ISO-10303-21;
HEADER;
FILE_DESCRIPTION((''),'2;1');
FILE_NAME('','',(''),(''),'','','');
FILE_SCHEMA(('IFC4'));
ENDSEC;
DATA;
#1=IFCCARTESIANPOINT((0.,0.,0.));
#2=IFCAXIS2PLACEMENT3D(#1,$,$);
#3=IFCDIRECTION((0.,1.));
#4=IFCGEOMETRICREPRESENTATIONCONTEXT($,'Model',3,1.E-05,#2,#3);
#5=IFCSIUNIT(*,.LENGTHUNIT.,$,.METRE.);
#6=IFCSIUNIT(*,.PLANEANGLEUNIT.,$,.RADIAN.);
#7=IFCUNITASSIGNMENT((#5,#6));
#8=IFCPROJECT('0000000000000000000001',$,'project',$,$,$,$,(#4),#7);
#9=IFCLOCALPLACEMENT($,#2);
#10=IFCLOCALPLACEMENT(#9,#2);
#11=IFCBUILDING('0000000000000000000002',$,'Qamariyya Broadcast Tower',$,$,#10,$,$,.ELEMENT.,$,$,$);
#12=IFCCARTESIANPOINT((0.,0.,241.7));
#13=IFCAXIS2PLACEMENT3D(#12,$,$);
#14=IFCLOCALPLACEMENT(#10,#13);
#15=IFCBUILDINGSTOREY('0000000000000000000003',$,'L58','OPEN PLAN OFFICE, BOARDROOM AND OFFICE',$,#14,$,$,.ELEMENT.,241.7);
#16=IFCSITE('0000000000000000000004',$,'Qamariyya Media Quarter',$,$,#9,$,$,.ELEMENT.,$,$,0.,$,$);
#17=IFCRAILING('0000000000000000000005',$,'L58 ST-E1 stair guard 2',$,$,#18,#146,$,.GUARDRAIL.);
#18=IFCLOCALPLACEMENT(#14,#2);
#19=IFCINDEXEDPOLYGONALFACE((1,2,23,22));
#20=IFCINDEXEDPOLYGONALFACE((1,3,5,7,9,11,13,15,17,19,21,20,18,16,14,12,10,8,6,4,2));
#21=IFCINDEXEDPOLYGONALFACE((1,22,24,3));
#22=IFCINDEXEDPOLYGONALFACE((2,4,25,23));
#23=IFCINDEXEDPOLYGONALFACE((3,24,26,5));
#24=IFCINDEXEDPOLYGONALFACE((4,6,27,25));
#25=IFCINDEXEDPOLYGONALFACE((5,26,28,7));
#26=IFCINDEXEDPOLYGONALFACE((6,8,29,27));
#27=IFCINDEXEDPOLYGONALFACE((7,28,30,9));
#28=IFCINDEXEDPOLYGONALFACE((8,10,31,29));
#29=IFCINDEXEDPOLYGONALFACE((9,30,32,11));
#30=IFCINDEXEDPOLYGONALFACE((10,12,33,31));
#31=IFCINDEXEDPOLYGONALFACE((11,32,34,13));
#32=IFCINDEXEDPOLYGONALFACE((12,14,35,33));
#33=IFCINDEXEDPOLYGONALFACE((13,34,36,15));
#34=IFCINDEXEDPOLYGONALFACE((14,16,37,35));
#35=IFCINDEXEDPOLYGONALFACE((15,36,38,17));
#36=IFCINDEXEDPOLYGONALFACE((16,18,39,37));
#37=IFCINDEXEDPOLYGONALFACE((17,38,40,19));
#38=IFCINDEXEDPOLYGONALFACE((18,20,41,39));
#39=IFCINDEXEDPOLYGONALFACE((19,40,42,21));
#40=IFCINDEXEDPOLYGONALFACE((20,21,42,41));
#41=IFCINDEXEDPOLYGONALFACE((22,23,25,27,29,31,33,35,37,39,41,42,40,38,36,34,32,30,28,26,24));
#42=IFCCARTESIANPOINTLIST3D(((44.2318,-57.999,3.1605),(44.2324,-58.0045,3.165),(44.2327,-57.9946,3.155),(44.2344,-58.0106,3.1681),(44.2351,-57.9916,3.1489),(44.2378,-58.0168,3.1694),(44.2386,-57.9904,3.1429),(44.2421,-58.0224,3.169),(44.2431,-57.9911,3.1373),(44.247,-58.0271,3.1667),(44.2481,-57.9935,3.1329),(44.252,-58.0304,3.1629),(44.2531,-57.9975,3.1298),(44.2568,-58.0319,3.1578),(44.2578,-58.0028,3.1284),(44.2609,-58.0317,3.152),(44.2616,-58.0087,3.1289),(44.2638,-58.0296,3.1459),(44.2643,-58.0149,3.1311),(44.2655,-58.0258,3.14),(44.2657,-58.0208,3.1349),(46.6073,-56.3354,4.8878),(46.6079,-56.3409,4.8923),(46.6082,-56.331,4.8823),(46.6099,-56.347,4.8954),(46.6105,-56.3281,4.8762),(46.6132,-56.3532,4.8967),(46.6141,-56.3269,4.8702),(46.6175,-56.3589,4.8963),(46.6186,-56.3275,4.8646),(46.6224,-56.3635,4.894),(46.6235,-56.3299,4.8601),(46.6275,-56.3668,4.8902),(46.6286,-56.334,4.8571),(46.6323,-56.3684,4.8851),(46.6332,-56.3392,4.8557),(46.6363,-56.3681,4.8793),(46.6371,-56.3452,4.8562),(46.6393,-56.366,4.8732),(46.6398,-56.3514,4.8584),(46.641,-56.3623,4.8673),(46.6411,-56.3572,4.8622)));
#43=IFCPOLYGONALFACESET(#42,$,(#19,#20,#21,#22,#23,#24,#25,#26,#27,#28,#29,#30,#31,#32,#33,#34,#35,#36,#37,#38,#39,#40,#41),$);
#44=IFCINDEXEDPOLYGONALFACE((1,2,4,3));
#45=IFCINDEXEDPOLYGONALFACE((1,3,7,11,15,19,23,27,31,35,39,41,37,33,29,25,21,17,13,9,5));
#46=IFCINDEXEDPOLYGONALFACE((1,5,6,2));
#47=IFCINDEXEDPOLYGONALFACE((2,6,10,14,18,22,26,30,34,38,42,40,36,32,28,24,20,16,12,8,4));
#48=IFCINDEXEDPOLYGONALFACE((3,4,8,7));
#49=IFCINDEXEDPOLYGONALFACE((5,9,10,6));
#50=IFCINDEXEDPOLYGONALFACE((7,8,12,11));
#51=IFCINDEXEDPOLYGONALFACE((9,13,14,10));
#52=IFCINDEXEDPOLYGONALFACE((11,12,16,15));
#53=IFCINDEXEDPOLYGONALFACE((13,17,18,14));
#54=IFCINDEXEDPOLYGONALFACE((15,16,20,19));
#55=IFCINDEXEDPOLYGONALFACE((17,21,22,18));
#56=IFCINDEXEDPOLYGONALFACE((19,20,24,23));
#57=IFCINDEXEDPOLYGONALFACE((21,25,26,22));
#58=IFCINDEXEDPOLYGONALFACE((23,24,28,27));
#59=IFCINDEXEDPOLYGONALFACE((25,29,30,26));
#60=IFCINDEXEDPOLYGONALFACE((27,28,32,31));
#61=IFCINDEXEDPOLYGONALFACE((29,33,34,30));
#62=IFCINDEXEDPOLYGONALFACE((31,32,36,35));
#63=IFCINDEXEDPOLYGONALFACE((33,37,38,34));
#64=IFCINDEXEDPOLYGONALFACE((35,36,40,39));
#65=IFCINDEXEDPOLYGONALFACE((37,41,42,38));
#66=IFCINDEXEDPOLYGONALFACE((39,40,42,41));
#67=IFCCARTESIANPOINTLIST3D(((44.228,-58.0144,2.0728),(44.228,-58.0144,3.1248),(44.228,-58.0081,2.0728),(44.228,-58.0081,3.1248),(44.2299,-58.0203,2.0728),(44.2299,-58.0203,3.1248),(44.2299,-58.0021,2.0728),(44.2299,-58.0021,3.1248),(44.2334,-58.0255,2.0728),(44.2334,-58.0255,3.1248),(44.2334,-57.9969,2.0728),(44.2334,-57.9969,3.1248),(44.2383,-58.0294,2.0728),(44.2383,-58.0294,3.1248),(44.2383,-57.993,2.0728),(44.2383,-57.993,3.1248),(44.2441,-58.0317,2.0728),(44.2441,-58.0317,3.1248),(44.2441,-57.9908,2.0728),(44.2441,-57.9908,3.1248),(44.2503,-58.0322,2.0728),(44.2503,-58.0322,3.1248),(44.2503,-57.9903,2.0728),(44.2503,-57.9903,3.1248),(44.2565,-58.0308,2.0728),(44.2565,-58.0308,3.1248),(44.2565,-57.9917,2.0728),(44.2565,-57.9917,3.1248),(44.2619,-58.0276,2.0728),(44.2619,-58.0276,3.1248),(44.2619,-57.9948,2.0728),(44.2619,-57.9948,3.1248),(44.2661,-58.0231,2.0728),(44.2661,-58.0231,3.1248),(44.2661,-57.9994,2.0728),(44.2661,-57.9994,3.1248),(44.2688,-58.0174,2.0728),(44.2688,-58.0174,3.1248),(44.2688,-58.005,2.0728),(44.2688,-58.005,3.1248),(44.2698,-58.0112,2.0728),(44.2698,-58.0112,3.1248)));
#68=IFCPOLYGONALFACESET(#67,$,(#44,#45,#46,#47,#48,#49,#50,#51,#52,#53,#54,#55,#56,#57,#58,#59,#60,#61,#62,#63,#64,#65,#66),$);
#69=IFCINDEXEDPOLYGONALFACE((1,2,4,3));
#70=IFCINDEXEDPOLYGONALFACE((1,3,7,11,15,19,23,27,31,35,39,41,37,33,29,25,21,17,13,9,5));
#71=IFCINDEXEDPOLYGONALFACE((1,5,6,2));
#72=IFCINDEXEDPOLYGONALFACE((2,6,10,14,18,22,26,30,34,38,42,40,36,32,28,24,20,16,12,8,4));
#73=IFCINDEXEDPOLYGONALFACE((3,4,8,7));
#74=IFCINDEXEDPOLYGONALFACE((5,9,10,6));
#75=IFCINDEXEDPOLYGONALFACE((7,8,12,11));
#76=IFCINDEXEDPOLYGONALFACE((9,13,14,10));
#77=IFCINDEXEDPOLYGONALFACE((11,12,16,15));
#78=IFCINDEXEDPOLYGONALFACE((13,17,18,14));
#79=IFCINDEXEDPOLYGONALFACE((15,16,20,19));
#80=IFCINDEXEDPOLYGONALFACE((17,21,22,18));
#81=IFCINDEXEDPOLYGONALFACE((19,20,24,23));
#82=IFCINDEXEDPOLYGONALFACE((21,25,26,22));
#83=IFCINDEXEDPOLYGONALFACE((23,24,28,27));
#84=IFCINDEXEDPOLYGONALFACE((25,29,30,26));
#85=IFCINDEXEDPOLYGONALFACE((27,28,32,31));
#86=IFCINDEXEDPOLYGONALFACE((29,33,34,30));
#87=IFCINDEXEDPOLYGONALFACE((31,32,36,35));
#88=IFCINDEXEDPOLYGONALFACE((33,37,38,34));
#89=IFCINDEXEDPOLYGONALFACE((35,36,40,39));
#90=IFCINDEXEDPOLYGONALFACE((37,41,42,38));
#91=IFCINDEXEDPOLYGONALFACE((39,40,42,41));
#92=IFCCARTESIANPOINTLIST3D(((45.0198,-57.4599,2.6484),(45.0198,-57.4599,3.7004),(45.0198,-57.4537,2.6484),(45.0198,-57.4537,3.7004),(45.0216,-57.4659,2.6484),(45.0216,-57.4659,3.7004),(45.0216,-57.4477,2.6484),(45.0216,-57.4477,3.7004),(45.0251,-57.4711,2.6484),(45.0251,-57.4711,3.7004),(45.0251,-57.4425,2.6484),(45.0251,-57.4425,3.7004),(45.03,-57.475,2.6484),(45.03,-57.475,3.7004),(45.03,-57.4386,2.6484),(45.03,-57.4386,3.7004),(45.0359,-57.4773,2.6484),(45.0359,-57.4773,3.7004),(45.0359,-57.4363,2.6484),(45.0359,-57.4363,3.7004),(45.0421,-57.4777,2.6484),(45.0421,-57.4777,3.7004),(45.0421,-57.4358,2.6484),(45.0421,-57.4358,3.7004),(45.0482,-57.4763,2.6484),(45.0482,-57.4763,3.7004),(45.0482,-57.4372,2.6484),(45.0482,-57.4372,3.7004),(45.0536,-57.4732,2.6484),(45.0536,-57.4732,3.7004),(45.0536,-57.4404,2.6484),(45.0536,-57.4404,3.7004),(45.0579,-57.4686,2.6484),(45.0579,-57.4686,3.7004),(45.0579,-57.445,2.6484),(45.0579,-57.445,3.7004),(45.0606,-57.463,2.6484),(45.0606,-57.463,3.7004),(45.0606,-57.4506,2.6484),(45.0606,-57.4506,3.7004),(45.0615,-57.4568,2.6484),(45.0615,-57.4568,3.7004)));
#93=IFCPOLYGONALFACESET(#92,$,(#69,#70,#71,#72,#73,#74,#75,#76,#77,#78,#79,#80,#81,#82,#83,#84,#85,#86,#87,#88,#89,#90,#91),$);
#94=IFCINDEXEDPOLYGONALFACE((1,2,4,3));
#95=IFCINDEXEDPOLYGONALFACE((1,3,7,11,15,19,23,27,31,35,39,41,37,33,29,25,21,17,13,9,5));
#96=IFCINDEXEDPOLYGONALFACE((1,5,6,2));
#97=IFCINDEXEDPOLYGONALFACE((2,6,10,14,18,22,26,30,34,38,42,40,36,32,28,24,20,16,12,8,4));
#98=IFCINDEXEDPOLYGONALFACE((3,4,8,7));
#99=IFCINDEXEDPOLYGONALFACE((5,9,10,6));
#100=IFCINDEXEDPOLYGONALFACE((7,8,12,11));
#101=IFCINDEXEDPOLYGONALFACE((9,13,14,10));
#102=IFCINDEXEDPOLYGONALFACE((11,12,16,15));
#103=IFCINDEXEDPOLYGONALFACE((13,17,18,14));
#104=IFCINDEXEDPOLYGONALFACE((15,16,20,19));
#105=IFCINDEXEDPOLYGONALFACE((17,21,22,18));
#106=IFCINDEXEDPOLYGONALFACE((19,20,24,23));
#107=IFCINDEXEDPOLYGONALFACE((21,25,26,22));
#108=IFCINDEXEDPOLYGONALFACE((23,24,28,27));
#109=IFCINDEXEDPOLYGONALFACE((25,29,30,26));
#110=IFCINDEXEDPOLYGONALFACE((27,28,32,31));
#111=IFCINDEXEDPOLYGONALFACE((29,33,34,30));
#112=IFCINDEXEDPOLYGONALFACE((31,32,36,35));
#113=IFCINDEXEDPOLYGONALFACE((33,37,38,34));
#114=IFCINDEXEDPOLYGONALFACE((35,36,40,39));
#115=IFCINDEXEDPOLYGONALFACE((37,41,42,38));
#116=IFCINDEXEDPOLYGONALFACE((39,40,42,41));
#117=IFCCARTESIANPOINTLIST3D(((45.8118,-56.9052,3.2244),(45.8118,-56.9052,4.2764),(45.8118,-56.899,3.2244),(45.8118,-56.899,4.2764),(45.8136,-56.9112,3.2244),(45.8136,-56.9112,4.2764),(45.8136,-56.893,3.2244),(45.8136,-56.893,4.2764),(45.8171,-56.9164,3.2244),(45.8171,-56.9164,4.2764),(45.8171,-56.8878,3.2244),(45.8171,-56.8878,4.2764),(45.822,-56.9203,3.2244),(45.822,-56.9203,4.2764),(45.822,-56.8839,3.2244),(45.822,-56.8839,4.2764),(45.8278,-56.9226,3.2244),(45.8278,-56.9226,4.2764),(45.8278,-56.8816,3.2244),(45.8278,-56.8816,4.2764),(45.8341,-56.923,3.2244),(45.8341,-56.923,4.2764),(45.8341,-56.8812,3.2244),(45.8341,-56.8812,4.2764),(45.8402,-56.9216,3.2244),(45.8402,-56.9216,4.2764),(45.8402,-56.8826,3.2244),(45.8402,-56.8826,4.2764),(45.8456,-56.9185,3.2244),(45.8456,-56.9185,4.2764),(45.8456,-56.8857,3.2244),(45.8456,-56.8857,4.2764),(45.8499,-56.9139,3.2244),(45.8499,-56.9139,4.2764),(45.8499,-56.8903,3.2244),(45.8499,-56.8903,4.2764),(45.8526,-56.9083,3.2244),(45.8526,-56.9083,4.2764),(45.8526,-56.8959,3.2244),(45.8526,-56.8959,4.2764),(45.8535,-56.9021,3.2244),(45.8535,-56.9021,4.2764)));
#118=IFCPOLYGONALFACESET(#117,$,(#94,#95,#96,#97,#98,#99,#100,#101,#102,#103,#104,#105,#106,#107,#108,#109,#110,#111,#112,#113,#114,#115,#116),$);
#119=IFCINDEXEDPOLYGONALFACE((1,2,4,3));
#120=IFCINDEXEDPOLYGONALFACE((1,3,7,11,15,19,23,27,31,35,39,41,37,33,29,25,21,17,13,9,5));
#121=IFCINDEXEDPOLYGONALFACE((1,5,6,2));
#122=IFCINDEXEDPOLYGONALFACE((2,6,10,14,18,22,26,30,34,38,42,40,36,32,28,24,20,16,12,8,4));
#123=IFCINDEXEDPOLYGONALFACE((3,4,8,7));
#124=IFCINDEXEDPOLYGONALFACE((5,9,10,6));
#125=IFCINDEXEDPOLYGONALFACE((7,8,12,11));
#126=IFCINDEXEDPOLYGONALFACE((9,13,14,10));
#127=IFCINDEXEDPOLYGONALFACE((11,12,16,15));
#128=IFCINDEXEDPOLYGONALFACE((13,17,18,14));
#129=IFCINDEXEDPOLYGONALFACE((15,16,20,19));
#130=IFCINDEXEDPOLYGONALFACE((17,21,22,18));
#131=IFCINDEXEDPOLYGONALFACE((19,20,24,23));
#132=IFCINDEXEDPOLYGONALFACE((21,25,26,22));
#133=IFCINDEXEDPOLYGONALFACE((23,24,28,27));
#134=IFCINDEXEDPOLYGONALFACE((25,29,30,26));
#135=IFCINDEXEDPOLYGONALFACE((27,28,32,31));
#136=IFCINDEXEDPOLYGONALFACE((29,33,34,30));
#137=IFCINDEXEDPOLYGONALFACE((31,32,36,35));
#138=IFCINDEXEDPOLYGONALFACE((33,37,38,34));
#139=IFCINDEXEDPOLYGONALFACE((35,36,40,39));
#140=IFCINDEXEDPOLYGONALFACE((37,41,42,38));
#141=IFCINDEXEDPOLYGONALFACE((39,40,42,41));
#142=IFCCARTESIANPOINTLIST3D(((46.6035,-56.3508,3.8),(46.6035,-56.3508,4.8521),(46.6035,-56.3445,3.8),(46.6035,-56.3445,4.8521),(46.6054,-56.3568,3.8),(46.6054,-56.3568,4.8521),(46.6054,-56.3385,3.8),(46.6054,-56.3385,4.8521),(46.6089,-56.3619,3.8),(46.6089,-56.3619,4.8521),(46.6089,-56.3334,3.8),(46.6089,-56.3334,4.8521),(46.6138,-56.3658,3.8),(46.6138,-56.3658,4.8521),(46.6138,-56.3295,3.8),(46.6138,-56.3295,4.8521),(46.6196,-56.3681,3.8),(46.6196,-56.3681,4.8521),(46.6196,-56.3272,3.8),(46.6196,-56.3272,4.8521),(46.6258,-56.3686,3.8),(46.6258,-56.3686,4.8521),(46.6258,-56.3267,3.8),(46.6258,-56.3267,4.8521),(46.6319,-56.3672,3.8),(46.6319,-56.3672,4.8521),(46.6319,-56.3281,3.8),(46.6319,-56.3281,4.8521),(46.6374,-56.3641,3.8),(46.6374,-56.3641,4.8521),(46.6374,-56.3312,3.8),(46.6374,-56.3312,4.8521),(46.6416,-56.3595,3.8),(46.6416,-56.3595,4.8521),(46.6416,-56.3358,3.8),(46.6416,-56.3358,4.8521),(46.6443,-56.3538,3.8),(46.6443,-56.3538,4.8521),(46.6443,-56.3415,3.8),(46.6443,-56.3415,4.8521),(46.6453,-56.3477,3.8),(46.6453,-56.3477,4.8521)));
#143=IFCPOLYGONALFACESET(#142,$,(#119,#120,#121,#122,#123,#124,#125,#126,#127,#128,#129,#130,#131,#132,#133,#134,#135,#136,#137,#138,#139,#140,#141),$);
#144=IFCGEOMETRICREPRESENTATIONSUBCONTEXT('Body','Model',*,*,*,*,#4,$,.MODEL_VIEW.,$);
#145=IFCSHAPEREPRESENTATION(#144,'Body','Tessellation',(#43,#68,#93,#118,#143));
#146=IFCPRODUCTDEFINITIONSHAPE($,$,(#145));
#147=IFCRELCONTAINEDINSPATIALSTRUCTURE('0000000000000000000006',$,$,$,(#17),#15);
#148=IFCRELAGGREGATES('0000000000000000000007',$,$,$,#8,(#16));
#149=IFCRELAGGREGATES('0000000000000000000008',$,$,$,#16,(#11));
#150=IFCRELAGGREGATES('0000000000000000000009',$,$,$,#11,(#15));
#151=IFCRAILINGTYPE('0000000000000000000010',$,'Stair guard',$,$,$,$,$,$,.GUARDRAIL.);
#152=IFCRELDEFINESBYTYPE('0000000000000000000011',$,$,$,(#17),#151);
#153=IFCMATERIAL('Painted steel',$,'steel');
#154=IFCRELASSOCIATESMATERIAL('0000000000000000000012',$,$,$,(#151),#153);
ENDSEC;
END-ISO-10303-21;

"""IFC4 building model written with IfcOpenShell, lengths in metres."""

from ifc_helpers import new_model, si_unit, direction, frame, origin, origin_2d, place, context, subcontext, project, spatial, circle, extrude, material, type_object, element, save


model = new_model("IFC4")

# Units and contexts
model_context = context("Model", 3, precision=1e-05, world=origin(), true_north=direction((0.0, 1.0)))
body_context = subcontext(model_context, "Body", "Model", "MODEL_VIEW")
ifc_project = project(units=[si_unit("LENGTHUNIT", "METRE"), si_unit("PLANEANGLEUNIT", "RADIAN")], contexts=[model_context])

# Site, building, storey
site_placement = place(None, origin())
site = spatial("IfcSite", under=ifc_project, at=site_placement, Name="Qamariyya Media Quarter", CompositionType="ELEMENT", RefElevation=0.0)
building_placement = place(site_placement, origin())
building = spatial("IfcBuilding", under=site, at=building_placement, Name="Qamariyya Broadcast Tower", CompositionType="ELEMENT")
storey_placement = place(building_placement, frame((0.0, 0.0, 241.7)))
storey = spatial("IfcBuildingStorey", under=building, at=storey_placement, Name="L58", Description="OPEN PLAN OFFICE, BOARDROOM AND OFFICE", CompositionType="ELEMENT", Elevation=241.7)

# Railing
ifc_material_1 = material(Name="Painted steel", Category="steel")
railing_type_1 = type_object("IfcRailingType", Name="Stair guard", PredefinedType="GUARDRAIL", material=ifc_material_1)
railing_1_placement = place(storey_placement, frame((44.2488, -58.0112, 2.0728)))
element("IfcRailing", 1, at=railing_1_placement, inside=storey, type_object=railing_type_1, Name="L58 ST-E1 stair guard 2", PredefinedType="GUARDRAIL", context=body_context, shape_type="SweptSolid", body=[
    extrude(circle(Radius=0.0239, at=origin_2d()), frame((0.0, 0.0, 1.0762), z_axis=(0.703745, 0.492838, 0.511716), x_axis=(-0.573632, 0.819113, 0.0)), (0.0, 0.0, 1.0), 3.3755),
    extrude(circle(Radius=0.021, at=origin_2d()), origin(), (0.0, 0.0, 1.0), 1.052),
    extrude(circle(Radius=0.021, at=origin_2d()), frame((0.7917, 0.5544, 0.5757)), (0.0, 0.0, 1.0), 1.052),
    extrude(circle(Radius=0.021, at=origin_2d()), frame((1.5837, 1.1091, 1.1516)), (0.0, 0.0, 1.0), 1.052),
    extrude(circle(Radius=0.021, at=origin_2d()), frame((2.3755, 1.6636, 1.7273)), (0.0, 0.0, 1.0), 1.052),
])

save(model, "model.ifc")
